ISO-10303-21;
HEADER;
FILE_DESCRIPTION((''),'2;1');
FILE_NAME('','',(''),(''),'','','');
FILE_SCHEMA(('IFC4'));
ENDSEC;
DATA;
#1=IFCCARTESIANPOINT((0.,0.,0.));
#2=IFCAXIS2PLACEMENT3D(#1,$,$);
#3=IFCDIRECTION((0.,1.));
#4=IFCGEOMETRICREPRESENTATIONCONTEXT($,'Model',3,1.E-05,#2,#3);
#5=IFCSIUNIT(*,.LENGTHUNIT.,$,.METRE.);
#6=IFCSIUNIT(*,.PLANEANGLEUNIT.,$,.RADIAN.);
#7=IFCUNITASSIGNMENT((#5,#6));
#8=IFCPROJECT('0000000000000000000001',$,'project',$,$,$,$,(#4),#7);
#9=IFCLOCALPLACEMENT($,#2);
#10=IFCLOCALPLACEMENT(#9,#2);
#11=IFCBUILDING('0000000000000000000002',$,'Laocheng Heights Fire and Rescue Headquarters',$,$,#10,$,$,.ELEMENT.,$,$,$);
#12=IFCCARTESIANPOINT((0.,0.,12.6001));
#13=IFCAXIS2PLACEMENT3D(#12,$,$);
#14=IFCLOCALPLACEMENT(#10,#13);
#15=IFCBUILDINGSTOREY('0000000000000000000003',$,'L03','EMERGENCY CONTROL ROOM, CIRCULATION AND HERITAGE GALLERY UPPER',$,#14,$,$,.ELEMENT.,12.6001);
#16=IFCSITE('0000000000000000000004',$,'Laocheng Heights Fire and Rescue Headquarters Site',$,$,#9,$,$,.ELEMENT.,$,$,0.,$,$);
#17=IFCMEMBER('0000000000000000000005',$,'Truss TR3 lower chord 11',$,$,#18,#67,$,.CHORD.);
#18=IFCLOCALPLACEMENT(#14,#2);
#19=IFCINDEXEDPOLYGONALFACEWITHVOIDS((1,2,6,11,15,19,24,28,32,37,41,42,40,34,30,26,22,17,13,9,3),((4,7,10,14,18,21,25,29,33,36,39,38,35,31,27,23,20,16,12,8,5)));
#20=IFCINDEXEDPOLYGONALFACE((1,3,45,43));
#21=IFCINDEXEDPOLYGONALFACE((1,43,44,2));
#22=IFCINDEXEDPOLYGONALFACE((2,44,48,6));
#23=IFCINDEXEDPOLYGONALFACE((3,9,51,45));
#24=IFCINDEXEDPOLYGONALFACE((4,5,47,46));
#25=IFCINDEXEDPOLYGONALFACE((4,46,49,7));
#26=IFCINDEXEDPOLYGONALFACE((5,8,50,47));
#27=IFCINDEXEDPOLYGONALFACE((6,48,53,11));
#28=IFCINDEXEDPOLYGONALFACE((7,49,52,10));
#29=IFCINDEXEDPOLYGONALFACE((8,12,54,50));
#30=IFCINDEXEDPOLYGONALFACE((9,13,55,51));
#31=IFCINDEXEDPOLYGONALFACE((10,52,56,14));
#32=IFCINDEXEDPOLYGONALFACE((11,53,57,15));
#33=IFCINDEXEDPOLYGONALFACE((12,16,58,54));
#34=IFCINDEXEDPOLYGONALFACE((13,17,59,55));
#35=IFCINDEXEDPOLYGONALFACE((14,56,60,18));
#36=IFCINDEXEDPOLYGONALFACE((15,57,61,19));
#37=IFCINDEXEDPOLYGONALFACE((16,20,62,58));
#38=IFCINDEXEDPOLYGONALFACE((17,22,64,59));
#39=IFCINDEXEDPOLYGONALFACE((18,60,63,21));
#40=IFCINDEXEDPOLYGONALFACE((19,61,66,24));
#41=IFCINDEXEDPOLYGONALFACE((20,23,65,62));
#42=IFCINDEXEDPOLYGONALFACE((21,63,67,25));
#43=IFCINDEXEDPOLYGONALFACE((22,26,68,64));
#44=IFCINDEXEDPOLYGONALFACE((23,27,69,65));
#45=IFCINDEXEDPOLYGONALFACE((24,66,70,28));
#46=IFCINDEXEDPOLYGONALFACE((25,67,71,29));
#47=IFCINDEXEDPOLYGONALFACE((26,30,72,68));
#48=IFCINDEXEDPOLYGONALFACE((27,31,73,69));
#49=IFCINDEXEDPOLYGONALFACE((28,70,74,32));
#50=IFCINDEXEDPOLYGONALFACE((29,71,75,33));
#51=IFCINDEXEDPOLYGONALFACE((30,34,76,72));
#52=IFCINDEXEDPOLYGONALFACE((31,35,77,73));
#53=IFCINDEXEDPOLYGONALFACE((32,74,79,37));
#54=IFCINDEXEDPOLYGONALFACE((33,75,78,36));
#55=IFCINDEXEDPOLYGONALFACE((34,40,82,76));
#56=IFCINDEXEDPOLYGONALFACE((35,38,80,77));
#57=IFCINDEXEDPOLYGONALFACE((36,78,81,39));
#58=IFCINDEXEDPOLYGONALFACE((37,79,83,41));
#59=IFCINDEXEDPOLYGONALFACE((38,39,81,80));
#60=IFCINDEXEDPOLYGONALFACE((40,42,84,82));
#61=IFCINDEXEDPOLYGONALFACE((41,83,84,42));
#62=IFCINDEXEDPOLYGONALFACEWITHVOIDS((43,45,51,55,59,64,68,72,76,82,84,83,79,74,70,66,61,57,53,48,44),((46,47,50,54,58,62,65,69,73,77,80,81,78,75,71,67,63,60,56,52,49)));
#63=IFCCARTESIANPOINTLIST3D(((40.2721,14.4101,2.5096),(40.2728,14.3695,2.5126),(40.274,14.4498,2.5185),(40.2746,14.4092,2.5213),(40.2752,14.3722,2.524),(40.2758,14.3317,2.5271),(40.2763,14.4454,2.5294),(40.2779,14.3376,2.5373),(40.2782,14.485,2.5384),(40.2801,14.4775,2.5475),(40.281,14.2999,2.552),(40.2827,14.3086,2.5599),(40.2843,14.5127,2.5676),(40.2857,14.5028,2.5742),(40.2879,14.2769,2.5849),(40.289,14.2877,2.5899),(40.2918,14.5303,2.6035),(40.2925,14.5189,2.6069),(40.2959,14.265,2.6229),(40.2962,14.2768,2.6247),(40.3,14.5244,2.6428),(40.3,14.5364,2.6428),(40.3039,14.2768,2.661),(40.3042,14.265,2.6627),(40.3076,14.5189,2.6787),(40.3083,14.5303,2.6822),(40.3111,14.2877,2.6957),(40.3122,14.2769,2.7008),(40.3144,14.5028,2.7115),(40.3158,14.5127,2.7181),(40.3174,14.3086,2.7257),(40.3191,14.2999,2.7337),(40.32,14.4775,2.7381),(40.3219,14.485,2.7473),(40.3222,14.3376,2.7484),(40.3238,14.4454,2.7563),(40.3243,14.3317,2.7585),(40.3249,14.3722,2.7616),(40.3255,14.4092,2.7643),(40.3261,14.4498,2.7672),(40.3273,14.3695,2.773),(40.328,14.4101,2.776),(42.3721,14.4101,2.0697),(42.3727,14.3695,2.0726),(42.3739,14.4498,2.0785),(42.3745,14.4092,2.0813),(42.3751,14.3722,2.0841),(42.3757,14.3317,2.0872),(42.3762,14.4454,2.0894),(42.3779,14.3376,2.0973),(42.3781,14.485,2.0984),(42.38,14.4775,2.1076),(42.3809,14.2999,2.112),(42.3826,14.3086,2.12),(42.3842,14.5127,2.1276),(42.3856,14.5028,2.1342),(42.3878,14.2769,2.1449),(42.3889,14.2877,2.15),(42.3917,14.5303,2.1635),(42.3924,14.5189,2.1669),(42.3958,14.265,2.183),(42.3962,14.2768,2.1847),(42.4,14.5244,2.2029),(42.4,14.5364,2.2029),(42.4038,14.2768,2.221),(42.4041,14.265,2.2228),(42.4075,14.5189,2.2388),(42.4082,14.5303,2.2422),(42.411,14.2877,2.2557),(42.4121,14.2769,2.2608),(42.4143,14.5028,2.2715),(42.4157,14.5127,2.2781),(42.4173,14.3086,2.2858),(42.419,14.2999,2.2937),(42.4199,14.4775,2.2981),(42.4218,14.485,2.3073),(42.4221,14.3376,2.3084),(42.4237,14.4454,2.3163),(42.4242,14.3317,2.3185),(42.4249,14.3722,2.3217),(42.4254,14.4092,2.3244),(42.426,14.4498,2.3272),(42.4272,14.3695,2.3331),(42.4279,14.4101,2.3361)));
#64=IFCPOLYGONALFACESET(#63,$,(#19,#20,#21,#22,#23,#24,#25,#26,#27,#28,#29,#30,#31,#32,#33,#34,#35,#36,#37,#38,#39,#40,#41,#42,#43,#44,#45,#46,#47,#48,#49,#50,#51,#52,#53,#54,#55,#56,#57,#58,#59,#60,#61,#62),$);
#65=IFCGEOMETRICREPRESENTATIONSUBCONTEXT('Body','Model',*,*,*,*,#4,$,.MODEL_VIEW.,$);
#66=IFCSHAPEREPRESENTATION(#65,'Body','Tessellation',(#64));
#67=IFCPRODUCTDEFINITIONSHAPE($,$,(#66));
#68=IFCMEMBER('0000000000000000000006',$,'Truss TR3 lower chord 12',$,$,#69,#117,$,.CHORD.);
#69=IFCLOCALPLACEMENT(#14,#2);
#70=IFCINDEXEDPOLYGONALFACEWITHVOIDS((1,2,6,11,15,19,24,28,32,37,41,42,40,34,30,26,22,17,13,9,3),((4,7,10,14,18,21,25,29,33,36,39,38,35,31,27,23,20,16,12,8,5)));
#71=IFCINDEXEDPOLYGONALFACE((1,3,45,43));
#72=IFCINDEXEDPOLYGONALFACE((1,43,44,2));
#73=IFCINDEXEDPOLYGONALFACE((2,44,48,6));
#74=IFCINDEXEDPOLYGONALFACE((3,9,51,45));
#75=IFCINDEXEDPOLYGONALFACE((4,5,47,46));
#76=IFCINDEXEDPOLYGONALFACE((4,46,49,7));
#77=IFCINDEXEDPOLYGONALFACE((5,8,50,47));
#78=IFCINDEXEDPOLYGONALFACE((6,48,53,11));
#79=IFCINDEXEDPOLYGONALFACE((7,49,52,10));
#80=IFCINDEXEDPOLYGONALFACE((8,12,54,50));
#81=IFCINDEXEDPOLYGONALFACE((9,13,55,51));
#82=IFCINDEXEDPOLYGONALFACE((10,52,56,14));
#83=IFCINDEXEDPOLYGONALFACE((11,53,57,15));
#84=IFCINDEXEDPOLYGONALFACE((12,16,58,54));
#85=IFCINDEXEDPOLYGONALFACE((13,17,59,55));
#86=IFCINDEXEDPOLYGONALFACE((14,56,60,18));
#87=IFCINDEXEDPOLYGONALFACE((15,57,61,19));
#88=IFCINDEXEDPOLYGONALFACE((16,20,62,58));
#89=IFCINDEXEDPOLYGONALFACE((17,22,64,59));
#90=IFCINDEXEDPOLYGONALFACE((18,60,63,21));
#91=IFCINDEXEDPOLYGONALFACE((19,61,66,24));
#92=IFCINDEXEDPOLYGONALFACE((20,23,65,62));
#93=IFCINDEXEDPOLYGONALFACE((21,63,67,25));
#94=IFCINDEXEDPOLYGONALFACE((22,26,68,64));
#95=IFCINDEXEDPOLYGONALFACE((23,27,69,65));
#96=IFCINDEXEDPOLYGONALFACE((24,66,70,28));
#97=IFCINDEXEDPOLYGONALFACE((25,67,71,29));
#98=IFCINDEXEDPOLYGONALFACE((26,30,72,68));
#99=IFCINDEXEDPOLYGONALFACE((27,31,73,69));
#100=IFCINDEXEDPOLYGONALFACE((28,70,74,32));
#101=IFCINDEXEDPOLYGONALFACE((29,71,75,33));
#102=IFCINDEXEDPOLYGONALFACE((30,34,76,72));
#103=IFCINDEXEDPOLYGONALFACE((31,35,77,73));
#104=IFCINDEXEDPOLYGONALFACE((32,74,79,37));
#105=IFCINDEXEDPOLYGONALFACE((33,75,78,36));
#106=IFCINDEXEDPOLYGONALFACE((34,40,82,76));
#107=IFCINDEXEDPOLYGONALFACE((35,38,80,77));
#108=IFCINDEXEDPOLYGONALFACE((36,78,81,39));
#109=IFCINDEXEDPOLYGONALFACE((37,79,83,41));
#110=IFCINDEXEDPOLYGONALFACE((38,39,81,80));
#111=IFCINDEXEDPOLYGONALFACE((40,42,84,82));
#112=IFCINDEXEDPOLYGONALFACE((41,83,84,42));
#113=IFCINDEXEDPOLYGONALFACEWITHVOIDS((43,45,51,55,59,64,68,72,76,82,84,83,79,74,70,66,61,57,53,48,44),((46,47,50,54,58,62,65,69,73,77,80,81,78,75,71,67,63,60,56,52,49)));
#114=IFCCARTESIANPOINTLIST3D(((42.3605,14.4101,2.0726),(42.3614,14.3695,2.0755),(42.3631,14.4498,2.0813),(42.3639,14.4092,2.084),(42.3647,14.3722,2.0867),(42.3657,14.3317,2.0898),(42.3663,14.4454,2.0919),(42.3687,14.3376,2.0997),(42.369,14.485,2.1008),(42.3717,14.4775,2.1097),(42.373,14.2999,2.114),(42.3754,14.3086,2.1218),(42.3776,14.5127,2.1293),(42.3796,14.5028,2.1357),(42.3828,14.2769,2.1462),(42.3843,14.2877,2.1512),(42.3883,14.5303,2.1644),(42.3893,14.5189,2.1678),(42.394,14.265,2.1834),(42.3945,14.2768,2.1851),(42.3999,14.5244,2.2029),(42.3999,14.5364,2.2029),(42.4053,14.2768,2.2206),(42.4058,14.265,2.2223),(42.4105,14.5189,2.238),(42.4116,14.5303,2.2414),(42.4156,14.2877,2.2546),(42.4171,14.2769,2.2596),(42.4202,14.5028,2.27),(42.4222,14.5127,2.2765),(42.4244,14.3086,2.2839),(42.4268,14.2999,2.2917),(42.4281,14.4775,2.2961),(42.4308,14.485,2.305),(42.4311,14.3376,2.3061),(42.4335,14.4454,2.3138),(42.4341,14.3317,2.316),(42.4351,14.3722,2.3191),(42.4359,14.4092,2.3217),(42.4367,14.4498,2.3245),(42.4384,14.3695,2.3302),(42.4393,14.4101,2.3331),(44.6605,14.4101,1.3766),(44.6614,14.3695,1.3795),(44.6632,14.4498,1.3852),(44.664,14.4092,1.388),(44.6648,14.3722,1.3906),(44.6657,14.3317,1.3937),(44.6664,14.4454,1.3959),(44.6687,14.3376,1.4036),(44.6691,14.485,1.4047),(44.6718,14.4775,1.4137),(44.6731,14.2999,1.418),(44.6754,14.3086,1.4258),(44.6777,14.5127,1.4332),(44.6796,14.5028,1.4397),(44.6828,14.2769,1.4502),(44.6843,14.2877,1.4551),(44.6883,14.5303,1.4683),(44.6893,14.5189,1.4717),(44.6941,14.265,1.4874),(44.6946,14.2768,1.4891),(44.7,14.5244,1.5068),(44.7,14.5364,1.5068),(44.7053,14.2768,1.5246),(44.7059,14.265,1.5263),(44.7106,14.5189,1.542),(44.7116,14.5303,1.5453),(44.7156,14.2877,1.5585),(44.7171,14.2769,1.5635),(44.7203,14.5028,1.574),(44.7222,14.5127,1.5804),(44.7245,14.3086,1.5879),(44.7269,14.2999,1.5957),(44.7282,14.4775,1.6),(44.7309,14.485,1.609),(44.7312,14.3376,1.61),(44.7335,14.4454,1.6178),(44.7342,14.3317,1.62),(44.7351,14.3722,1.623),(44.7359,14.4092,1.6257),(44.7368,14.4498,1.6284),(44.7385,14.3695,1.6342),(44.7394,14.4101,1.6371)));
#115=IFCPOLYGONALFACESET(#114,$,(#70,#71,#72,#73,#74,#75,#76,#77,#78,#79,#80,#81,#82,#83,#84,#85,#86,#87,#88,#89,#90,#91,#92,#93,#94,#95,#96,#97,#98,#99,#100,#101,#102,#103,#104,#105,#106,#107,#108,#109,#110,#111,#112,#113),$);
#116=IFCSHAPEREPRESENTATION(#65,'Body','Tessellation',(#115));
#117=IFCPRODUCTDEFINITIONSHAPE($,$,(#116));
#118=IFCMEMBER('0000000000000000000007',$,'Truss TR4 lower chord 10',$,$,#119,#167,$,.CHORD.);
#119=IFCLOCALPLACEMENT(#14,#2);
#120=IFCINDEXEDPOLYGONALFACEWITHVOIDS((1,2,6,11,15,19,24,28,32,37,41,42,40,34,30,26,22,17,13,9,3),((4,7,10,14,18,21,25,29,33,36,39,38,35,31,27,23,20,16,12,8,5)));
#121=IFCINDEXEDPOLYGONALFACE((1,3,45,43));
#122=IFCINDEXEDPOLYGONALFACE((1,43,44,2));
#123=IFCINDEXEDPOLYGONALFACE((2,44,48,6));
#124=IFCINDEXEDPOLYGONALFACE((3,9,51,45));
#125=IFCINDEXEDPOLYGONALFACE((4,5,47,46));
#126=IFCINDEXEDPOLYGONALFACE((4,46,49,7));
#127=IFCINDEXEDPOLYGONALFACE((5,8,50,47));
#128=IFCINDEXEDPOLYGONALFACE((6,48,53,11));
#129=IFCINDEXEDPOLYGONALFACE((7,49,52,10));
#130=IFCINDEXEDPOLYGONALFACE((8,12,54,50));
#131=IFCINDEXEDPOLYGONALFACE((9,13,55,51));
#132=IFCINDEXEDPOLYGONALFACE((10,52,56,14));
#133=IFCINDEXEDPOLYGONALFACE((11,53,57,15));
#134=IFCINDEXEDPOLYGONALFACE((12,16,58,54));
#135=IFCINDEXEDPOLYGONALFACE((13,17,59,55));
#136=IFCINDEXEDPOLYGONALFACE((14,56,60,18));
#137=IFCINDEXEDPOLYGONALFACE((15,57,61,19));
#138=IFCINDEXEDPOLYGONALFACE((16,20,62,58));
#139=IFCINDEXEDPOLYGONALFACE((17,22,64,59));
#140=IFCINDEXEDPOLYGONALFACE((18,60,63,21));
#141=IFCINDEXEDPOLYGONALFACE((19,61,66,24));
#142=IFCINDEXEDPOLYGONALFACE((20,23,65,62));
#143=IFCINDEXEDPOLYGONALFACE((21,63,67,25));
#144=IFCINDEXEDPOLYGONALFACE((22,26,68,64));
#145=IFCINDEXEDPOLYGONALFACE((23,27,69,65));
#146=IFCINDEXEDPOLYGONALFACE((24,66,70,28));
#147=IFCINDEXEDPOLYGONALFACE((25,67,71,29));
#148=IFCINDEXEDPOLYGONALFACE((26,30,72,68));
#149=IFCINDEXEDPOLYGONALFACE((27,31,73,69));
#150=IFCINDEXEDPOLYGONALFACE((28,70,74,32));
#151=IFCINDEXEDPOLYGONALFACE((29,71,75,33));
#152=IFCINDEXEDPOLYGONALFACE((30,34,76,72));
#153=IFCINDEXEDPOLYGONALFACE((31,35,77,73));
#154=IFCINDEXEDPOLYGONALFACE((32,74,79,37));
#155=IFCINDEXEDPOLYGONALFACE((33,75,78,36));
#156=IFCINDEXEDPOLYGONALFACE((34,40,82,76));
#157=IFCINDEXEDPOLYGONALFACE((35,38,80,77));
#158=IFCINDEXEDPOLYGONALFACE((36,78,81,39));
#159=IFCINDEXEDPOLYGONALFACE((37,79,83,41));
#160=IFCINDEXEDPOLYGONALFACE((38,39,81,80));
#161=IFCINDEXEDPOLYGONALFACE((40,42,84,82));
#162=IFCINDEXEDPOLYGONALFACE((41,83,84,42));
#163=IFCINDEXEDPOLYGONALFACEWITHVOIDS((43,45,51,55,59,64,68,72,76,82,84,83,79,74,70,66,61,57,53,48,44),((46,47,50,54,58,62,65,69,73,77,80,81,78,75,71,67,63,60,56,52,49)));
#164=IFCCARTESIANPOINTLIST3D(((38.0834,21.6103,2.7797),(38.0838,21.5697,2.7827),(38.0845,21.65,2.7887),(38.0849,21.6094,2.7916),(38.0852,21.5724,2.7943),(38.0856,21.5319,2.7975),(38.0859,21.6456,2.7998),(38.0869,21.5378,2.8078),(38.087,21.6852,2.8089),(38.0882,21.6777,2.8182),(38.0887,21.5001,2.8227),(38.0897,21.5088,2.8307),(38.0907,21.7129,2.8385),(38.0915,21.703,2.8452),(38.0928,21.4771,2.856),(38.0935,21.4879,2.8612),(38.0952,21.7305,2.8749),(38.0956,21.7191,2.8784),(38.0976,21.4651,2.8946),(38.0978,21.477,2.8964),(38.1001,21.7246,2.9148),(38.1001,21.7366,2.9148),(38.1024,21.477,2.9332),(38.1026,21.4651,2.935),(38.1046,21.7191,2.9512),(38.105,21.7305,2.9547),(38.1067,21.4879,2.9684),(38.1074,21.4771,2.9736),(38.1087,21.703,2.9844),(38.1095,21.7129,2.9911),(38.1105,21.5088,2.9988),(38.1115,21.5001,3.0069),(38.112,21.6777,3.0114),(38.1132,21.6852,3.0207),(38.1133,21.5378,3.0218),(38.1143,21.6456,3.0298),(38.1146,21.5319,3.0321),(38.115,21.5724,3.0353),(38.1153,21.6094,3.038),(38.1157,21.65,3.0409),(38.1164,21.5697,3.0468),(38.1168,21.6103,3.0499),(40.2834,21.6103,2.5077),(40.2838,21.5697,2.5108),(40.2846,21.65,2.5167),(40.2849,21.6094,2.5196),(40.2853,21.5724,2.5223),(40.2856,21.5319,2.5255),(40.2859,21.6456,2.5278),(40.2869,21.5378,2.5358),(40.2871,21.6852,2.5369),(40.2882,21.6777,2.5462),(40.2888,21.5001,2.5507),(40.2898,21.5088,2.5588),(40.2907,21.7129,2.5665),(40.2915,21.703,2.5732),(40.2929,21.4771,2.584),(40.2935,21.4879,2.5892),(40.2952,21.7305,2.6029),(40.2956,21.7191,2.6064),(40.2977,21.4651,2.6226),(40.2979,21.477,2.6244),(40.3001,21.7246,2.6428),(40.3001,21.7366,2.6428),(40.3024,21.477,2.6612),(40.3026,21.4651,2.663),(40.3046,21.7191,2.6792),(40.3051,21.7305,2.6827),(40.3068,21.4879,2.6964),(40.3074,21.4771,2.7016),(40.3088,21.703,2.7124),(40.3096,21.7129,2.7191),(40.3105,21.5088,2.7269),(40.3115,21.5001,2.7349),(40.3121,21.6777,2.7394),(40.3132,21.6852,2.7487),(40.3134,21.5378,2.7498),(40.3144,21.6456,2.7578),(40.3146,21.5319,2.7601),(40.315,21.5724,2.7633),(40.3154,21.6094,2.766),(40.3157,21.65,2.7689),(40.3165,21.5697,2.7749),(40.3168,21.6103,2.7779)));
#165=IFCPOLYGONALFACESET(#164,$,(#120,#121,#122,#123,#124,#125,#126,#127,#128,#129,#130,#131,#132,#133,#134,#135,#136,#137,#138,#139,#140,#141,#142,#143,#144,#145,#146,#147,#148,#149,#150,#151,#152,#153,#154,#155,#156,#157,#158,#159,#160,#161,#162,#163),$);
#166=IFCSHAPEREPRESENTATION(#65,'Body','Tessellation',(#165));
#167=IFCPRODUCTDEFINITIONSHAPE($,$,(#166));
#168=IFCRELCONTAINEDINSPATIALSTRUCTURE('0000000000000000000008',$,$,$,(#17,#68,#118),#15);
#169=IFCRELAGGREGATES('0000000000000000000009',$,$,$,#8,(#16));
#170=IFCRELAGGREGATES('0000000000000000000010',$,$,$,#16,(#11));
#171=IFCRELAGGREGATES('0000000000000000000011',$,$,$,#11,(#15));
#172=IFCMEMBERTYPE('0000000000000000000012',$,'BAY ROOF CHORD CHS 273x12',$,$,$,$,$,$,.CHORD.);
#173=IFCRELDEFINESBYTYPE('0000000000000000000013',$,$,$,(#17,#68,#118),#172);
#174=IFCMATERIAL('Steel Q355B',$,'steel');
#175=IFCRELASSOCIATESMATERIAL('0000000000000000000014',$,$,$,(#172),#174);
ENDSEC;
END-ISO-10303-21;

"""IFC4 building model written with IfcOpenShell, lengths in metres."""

from ifc_helpers import new_model, si_unit, direction, frame, origin, origin_2d, place, context, subcontext, project, spatial, hollow_circle, extrude, material, material_profile, profile_set, type_object, element, save


model = new_model("IFC4")

# Units and contexts
model_context = context("Model", 3, precision=1e-05, world=origin(), true_north=direction((0.0, 1.0)))
body_context = subcontext(model_context, "Body", "Model", "MODEL_VIEW")
ifc_project = project(units=[si_unit("LENGTHUNIT", "METRE"), si_unit("PLANEANGLEUNIT", "RADIAN")], contexts=[model_context])

# Site, building, storey
site_placement = place(None, origin())
site = spatial("IfcSite", under=ifc_project, at=site_placement, Name="Laocheng Heights Fire and Rescue Headquarters Site", CompositionType="ELEMENT", RefElevation=0.0)
building_placement = place(site_placement, origin())
building = spatial("IfcBuilding", under=site, at=building_placement, Name="Laocheng Heights Fire and Rescue Headquarters", CompositionType="ELEMENT")
storey_placement = place(building_placement, frame((0.0, 0.0, 12.6001)))
storey = spatial("IfcBuildingStorey", under=building, at=storey_placement, Name="L03", Description="EMERGENCY CONTROL ROOM, CIRCULATION AND HERITAGE GALLERY UPPER", CompositionType="ELEMENT", Elevation=12.6001)

# Members
ifc_material_1 = material(Name="Steel Q355B", Category="steel")
ifc_material_profile_1 = material_profile(ifc_material_1, hollow_circle(Radius=0.1365, WallThickness=0.012, at=origin_2d()), Name="CHS 273x12")
ifc_profile_set_1 = profile_set([ifc_material_profile_1], Name="Steel Q355B")
member_type_1 = type_object("IfcMemberType", Name="BAY ROOF CHORD CHS 273x12", PredefinedType="CHORD", material=ifc_profile_set_1)
member_1_placement = place(storey_placement, frame((40.3, 14.3999, 2.6428), z_axis=(0.97875, 0.0, -0.205058), x_axis=(0.0, 1.0, 0.0)))
element("IfcMember", 1, at=member_1_placement, inside=storey, type_object=member_type_1, Name="Truss TR3 lower chord 11", PredefinedType="CHORD", context=body_context, shape_type="SweptSolid", body=[
    extrude(hollow_circle(Radius=0.1365, WallThickness=0.012, at=origin_2d()), origin(), (0.0, 0.0, 1.0), 2.1455),
])
member_2_placement = place(storey_placement, frame((42.3999, 14.3999, 2.2029), z_axis=(0.957133, 0.0, -0.289649), x_axis=(0.0, 1.0, 0.0)))
element("IfcMember", 2, at=member_2_placement, inside=storey, type_object=member_type_1, Name="Truss TR3 lower chord 12", PredefinedType="CHORD", context=body_context, shape_type="SweptSolid", body=[
    extrude(hollow_circle(Radius=0.1365, WallThickness=0.012, at=origin_2d()), origin(), (0.0, 0.0, 1.0), 2.4031),
])
member_3_placement = place(storey_placement, frame((38.1001, 21.6001, 2.9148), z_axis=(0.992445, 0.0, -0.122693), x_axis=(0.0, 1.0, 0.0)))
element("IfcMember", 3, at=member_3_placement, inside=storey, type_object=member_type_1, Name="Truss TR4 lower chord 10", PredefinedType="CHORD", context=body_context, shape_type="SweptSolid", body=[
    extrude(hollow_circle(Radius=0.1365, WallThickness=0.012, at=origin_2d()), origin(), (0.0, 0.0, 1.0), 2.2168),
])

save(model, "model.ifc")
